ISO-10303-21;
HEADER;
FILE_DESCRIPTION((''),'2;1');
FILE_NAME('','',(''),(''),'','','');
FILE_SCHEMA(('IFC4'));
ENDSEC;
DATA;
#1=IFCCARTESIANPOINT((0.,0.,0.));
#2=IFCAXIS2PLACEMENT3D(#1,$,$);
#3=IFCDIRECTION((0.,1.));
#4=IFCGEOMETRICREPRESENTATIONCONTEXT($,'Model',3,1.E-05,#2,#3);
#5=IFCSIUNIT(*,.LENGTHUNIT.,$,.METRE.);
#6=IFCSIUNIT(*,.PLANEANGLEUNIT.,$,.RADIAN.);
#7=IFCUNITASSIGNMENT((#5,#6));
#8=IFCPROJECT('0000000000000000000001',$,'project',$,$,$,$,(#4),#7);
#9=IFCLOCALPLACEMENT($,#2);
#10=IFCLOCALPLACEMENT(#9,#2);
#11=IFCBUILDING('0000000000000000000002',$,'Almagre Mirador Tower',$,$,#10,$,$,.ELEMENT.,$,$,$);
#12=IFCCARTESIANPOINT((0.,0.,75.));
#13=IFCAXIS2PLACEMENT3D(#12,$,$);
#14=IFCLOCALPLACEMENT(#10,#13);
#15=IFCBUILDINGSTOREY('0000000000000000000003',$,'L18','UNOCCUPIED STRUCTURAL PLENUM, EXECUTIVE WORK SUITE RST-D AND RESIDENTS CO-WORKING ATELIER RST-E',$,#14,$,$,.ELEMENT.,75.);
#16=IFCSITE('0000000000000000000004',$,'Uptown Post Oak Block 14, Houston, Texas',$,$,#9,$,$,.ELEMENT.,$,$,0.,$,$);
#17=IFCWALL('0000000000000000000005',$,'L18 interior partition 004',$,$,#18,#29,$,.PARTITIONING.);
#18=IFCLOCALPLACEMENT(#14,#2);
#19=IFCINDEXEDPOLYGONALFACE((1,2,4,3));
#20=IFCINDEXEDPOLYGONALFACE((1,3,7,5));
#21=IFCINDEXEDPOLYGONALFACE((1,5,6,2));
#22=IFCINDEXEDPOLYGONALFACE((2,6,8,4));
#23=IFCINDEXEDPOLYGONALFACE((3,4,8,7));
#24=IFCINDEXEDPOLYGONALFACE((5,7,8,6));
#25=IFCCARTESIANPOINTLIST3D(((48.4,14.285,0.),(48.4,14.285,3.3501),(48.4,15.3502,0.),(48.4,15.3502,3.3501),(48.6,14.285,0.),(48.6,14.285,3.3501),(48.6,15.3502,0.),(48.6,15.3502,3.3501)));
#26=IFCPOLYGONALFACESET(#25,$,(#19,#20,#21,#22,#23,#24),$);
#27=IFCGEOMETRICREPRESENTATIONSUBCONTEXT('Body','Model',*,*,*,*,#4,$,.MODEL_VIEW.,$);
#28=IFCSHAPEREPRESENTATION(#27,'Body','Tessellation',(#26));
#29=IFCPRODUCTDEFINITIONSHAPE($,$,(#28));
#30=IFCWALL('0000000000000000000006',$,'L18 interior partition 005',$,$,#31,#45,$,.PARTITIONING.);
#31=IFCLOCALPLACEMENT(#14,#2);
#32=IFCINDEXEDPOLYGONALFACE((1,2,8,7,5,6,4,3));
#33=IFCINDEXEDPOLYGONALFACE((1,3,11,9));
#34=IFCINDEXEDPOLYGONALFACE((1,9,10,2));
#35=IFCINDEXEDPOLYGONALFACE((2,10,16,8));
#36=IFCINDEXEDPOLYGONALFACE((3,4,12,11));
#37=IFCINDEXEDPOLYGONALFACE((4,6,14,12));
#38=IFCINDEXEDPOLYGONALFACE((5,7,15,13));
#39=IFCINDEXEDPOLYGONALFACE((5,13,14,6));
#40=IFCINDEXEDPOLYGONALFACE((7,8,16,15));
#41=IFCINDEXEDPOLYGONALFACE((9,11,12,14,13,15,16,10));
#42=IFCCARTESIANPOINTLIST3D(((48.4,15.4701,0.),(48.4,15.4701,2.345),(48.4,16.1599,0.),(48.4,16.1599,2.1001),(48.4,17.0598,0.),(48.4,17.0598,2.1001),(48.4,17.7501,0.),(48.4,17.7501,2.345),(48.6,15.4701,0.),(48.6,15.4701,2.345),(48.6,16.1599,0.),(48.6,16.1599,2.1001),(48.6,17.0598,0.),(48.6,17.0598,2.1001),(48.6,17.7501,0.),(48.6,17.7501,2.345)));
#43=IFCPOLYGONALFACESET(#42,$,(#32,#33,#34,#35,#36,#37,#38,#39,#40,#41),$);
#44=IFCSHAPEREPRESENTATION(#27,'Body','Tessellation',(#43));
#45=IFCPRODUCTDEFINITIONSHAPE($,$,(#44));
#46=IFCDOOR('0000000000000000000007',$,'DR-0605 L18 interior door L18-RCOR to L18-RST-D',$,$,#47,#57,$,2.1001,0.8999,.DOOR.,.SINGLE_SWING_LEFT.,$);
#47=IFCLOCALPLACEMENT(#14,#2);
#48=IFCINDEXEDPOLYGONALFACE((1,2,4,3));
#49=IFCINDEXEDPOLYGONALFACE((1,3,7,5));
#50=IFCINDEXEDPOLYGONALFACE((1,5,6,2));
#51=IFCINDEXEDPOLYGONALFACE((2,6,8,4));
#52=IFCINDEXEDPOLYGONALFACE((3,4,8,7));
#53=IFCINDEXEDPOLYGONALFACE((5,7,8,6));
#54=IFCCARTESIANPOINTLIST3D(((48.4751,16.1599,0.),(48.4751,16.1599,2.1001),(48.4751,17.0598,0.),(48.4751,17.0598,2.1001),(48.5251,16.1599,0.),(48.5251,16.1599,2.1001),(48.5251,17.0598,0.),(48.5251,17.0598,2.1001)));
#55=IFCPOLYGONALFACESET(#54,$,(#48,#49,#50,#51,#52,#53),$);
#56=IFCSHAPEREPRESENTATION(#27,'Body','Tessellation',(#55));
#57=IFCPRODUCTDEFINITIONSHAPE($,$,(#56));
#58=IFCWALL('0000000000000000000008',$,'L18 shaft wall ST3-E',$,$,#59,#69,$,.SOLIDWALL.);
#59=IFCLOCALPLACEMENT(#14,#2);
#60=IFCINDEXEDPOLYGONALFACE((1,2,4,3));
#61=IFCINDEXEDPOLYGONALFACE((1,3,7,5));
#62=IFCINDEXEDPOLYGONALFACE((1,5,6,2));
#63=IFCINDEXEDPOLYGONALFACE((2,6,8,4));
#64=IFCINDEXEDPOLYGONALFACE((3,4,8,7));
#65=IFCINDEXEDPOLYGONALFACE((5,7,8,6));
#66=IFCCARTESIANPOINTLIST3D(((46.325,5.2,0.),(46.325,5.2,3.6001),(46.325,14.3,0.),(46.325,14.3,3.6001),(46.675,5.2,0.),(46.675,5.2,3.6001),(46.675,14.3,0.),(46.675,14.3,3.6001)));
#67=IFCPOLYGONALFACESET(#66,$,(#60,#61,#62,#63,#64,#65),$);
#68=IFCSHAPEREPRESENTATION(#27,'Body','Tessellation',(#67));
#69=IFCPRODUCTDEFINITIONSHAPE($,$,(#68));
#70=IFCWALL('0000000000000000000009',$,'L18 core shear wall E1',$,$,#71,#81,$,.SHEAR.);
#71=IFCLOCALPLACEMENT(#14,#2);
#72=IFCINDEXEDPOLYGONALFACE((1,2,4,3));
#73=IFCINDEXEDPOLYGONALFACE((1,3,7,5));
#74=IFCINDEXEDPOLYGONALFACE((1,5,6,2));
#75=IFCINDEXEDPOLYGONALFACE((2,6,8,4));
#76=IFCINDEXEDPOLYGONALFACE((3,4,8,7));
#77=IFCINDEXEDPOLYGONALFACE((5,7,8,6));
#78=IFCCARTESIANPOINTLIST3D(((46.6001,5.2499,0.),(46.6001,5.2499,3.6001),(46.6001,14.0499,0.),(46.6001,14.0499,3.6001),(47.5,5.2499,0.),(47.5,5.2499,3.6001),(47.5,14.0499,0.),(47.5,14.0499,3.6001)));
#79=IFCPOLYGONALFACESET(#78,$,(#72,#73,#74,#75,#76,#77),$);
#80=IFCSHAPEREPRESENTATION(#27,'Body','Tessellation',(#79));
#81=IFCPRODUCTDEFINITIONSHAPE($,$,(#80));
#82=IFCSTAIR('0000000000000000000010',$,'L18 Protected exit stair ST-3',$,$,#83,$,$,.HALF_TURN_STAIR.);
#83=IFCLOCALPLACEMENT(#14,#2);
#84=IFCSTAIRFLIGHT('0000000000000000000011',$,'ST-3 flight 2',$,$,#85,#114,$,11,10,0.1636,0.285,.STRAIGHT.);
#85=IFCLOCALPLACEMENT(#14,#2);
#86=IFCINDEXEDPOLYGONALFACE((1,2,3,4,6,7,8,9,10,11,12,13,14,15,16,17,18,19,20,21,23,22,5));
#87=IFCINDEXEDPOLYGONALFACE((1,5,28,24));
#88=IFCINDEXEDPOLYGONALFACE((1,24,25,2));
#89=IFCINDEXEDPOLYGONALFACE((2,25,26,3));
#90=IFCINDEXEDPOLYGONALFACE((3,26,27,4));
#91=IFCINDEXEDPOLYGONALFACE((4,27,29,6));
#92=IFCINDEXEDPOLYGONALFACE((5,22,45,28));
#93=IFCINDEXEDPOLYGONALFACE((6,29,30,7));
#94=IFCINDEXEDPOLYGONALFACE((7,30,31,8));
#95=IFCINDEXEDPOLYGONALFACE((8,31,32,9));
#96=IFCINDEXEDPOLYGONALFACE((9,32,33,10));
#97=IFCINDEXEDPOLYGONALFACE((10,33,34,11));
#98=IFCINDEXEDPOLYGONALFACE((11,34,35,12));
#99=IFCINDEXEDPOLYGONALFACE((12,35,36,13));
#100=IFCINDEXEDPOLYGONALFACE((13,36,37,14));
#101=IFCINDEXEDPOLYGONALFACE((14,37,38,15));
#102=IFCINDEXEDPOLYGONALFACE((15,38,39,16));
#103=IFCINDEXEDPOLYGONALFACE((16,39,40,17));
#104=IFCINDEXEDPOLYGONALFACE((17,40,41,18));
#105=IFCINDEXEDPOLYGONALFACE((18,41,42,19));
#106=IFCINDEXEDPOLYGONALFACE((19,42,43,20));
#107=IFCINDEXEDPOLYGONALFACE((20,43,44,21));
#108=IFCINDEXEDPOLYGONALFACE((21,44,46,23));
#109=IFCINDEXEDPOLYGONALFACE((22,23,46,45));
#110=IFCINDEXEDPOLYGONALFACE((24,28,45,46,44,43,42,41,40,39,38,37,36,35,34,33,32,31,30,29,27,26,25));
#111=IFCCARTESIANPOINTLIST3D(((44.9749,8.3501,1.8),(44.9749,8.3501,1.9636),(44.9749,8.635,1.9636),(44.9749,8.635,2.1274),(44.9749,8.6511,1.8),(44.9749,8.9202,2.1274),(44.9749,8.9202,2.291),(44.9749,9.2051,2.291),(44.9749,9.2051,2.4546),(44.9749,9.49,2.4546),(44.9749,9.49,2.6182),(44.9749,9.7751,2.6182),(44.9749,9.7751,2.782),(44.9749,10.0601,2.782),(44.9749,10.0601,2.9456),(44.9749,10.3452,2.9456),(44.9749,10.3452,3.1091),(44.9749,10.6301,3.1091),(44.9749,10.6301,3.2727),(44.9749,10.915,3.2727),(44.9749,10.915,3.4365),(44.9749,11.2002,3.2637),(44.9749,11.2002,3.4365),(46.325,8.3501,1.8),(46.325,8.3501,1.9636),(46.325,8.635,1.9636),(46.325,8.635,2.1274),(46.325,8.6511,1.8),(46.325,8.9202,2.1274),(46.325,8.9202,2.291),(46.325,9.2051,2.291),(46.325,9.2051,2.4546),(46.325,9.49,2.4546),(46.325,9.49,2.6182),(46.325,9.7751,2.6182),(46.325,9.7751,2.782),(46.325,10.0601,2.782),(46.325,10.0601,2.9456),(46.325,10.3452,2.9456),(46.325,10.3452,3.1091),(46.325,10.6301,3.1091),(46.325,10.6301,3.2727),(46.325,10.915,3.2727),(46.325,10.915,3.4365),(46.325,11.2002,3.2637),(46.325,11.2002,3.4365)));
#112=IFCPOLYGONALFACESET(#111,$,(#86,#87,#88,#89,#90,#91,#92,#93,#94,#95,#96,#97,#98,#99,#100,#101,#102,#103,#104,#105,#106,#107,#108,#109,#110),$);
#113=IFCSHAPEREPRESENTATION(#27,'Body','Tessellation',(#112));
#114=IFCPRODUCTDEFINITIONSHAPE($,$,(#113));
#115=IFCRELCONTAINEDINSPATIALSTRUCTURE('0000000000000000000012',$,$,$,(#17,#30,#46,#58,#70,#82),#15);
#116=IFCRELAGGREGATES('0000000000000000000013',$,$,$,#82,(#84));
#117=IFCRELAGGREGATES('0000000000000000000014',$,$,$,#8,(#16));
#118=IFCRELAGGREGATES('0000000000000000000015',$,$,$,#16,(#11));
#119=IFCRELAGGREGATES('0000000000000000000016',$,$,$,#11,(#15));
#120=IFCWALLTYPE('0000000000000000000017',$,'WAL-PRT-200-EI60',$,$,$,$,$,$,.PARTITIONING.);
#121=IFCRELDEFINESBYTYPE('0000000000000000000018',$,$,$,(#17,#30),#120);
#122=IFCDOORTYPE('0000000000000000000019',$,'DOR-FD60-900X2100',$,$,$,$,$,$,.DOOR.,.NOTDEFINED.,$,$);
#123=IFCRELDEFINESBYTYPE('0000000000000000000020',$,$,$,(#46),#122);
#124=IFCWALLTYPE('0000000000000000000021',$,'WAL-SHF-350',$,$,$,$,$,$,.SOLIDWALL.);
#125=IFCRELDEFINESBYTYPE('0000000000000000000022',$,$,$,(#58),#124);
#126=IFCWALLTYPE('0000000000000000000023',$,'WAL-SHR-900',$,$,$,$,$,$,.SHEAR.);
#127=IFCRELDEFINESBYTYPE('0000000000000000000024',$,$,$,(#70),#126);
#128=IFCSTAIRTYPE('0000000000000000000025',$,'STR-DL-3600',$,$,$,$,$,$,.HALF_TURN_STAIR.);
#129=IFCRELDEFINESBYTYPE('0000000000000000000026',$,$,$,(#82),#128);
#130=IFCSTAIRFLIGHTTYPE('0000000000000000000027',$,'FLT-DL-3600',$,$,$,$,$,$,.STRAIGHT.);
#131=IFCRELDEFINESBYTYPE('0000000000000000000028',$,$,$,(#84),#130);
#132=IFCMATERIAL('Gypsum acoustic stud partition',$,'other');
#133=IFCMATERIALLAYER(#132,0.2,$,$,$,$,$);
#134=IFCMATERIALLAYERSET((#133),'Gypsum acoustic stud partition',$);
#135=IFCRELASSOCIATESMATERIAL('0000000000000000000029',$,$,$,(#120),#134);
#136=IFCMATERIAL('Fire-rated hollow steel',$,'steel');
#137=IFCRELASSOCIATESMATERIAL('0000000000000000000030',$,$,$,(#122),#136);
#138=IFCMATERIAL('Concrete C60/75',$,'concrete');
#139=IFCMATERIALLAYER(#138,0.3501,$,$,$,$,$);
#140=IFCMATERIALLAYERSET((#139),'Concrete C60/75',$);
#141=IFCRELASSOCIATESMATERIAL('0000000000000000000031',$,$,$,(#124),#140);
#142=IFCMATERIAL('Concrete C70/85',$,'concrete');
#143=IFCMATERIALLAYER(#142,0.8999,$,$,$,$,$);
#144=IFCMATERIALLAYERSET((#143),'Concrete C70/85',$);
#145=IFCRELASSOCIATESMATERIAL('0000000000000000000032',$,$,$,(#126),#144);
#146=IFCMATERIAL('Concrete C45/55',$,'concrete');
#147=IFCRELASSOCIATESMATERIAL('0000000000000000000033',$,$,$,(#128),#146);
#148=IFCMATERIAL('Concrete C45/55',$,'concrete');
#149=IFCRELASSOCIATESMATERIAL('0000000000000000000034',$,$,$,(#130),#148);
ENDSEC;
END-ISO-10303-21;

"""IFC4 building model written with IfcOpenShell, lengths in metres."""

from ifc_helpers import new_model, si_unit, direction, frame, frame_2d, origin, place, context, subcontext, project, spatial, polyline, rectangle, outline, extrude, material, layer, layer_set, type_object, element, fill, aggregate, save


model = new_model("IFC4")

# Units and contexts
model_context = context("Model", 3, precision=1e-05, world=origin(), true_north=direction((0.0, 1.0)))
body_context = subcontext(model_context, "Body", "Model", "MODEL_VIEW")
ifc_project = project(units=[si_unit("LENGTHUNIT", "METRE"), si_unit("PLANEANGLEUNIT", "RADIAN")], contexts=[model_context])

# Site, building, storey
site_placement = place(None, origin())
site = spatial("IfcSite", under=ifc_project, at=site_placement, Name="Uptown Post Oak Block 14, Houston, Texas", CompositionType="ELEMENT", RefElevation=0.0)
building_placement = place(site_placement, origin())
building = spatial("IfcBuilding", under=site, at=building_placement, Name="Almagre Mirador Tower", CompositionType="ELEMENT")
storey_placement = place(building_placement, frame((0.0, 0.0, 75.0)))
storey = spatial("IfcBuildingStorey", under=building, at=storey_placement, Name="L18", Description="UNOCCUPIED STRUCTURAL PLENUM, EXECUTIVE WORK SUITE RST-D AND RESIDENTS CO-WORKING ATELIER RST-E", CompositionType="ELEMENT", Elevation=75.0)

# Wall
ifc_material_1 = material(Name="Gypsum acoustic stud partition", Category="other")
ifc_layer_1 = layer(ifc_material_1, 0.2)
ifc_layer_set_1 = layer_set([ifc_layer_1], Name="Gypsum acoustic stud partition")
wall_type_1 = type_object("IfcWallType", Name="WAL-PRT-200-EI60", PredefinedType="PARTITIONING", material=ifc_layer_set_1)
wall_1_placement = place(storey_placement, frame((48.5, 14.2849, 0.0), z_axis=(0.0, 0.0, 1.0), x_axis=(0.0, 1.0, 0.0)))
element("IfcWall", 1, at=wall_1_placement, inside=storey, type_object=wall_type_1, Name="L18 interior partition 004", PredefinedType="PARTITIONING", context=body_context, shape_type="SweptSolid", body=[
    extrude(rectangle(XDim=1.0652, YDim=0.2, at=frame_2d((0.5327, 0.0))), origin(), (0.0, 0.0, 1.0), 3.3501),
])

# Wall, opening, door
wall_2_placement = place(storey_placement, frame((48.5, 15.47, 0.0), z_axis=(0.0, 0.0, 1.0), x_axis=(0.0, 1.0, 0.0)))
wall_2 = element("IfcWall", 2, at=wall_2_placement, inside=storey, type_object=wall_type_1, Name="L18 interior partition 005", PredefinedType="PARTITIONING", context=body_context, shape_type="SweptSolid", body=[
    extrude(rectangle(XDim=2.28, YDim=0.2, at=frame_2d((1.1401, 0.0))), origin(), (0.0, 0.0, 1.0), 2.345),
])
opening_1_placement = place(wall_2_placement, frame((0.6899, 0.0, 0.0)))
opening_1 = element("IfcOpeningElement", 3, at=opening_1_placement, cuts=wall_2, PredefinedType="OPENING", context=body_context, shape_type="SweptSolid", body=[
    extrude(rectangle(XDim=0.8999, YDim=2.1001, at=frame_2d((0.45, 1.05))), frame((0.0, 0.1101, 0.0), z_axis=(0.0, -1.0, 0.0), x_axis=(1.0, 0.0, 0.0)), (0.0, 0.0, 1.0), 0.22),
])
ifc_material_2 = material(Name="Fire-rated hollow steel", Category="steel")
door_type = type_object("IfcDoorType", Name="DOR-FD60-900X2100", OperationType="NOTDEFINED", PredefinedType="DOOR", material=ifc_material_2)
door_placement = place(opening_1_placement, origin())
door = element("IfcDoor", 4, at=door_placement, inside=storey, type_object=door_type, Name="DR-0605 L18 interior door L18-RCOR to L18-RST-D", OperationType="SINGLE_SWING_LEFT", OverallHeight=2.1001, OverallWidth=0.8999, PredefinedType="DOOR", context=body_context, shape_type="SweptSolid", body=[
    extrude(rectangle(XDim=0.8999, YDim=2.1001, at=frame_2d((0.45, 1.05))), frame((0.0, 0.0249, 0.0), z_axis=(0.0, -1.0, 0.0), x_axis=(1.0, 0.0, 0.0)), (0.0, 0.0, 1.0), 0.05),
])
fill(opening_1, door)

# Walls
ifc_material_3 = material(Name="Concrete C60/75", Category="concrete")
ifc_layer_2 = layer(ifc_material_3, 0.3501)
ifc_layer_set_2 = layer_set([ifc_layer_2], Name="Concrete C60/75")
wall_type_2 = type_object("IfcWallType", Name="WAL-SHF-350", PredefinedType="SOLIDWALL", material=ifc_layer_set_2)
wall_3_placement = place(storey_placement, frame((46.5, 5.2, 0.0), z_axis=(0.0, 0.0, 1.0), x_axis=(0.0, 1.0, 0.0)))
element("IfcWall", 5, at=wall_3_placement, inside=storey, type_object=wall_type_2, Name="L18 shaft wall ST3-E", PredefinedType="SOLIDWALL", context=body_context, shape_type="SweptSolid", body=[
    extrude(rectangle(XDim=9.1001, YDim=0.3501, at=frame_2d((4.55, 0.0))), origin(), (0.0, 0.0, 1.0), 3.6001),
])
ifc_material_4 = material(Name="Concrete C70/85", Category="concrete")
ifc_layer_3 = layer(ifc_material_4, 0.8999)
ifc_layer_set_3 = layer_set([ifc_layer_3], Name="Concrete C70/85")
wall_type_3 = type_object("IfcWallType", Name="WAL-SHR-900", PredefinedType="SHEAR", material=ifc_layer_set_3)
wall_4_placement = place(storey_placement, frame((47.05, 5.25, 0.0), z_axis=(0.0, 0.0, 1.0), x_axis=(0.0, 1.0, 0.0)))
element("IfcWall", 6, at=wall_4_placement, inside=storey, type_object=wall_type_3, Name="L18 core shear wall E1", PredefinedType="SHEAR", context=body_context, shape_type="SweptSolid", body=[
    extrude(rectangle(XDim=8.8, YDim=0.8999, at=frame_2d((4.3999, 0.0))), origin(), (0.0, 0.0, 1.0), 3.6001),
])

# Stair, stair flight
ifc_material_5 = material(Name="Concrete C45/55", Category="concrete")
stair_type = type_object("IfcStairType", Name="STR-DL-3600", PredefinedType="HALF_TURN_STAIR", material=ifc_material_5)
stair_placement = place(storey_placement, origin())
stair = element("IfcStair", 7, at=stair_placement, inside=storey, type_object=stair_type, Name="L18 Protected exit stair ST-3", PredefinedType="HALF_TURN_STAIR")
ifc_material_6 = material(Name="Concrete C45/55", Category="concrete")
stair_flight_type = type_object("IfcStairFlightType", Name="FLT-DL-3600", PredefinedType="STRAIGHT", material=ifc_material_6)
stair_flight_placement = place(storey_placement, frame((45.6499, 8.3501, 1.8), z_axis=(0.0, 0.0, 1.0), x_axis=(0.0, 1.0, 0.0)))
stair_flight = element("IfcStairFlight", 8, at=stair_flight_placement, type_object=stair_flight_type, Name="ST-3 flight 2", NumberOfRisers=11, NumberOfTreads=10, PredefinedType="STRAIGHT", RiserHeight=0.1636, TreadLength=0.285, context=body_context, shape_type="SweptSolid", body=[
    extrude(outline(polyline([(0.0, 0.0), (0.0, 0.1636), (0.2849, 0.1636), (0.2849, 0.3274), (0.5701, 0.3274), (0.5701, 0.491), (0.855, 0.491), (0.855, 0.6545), (1.1399, 0.6545), (1.1399, 0.8181), (1.425, 0.8181), (1.425, 0.9819), (1.71, 0.9819), (1.71, 1.1455), (1.9951, 1.1455), (1.9951, 1.3091), (2.28, 1.3091), (2.28, 1.4727), (2.5649, 1.4727), (2.5649, 1.6365), (2.8501, 1.6365), (2.8501, 1.8), (2.8501, 1.4636), (0.301, 0.0), (0.0, 0.0)])), frame((0.0, 0.675, 0.0), z_axis=(0.0, -1.0, 0.0), x_axis=(1.0, 0.0, 0.0)), (0.0, 0.0, 1.0), 1.3501),
])
aggregate(stair, [stair_flight])

save(model, "model.ifc")
